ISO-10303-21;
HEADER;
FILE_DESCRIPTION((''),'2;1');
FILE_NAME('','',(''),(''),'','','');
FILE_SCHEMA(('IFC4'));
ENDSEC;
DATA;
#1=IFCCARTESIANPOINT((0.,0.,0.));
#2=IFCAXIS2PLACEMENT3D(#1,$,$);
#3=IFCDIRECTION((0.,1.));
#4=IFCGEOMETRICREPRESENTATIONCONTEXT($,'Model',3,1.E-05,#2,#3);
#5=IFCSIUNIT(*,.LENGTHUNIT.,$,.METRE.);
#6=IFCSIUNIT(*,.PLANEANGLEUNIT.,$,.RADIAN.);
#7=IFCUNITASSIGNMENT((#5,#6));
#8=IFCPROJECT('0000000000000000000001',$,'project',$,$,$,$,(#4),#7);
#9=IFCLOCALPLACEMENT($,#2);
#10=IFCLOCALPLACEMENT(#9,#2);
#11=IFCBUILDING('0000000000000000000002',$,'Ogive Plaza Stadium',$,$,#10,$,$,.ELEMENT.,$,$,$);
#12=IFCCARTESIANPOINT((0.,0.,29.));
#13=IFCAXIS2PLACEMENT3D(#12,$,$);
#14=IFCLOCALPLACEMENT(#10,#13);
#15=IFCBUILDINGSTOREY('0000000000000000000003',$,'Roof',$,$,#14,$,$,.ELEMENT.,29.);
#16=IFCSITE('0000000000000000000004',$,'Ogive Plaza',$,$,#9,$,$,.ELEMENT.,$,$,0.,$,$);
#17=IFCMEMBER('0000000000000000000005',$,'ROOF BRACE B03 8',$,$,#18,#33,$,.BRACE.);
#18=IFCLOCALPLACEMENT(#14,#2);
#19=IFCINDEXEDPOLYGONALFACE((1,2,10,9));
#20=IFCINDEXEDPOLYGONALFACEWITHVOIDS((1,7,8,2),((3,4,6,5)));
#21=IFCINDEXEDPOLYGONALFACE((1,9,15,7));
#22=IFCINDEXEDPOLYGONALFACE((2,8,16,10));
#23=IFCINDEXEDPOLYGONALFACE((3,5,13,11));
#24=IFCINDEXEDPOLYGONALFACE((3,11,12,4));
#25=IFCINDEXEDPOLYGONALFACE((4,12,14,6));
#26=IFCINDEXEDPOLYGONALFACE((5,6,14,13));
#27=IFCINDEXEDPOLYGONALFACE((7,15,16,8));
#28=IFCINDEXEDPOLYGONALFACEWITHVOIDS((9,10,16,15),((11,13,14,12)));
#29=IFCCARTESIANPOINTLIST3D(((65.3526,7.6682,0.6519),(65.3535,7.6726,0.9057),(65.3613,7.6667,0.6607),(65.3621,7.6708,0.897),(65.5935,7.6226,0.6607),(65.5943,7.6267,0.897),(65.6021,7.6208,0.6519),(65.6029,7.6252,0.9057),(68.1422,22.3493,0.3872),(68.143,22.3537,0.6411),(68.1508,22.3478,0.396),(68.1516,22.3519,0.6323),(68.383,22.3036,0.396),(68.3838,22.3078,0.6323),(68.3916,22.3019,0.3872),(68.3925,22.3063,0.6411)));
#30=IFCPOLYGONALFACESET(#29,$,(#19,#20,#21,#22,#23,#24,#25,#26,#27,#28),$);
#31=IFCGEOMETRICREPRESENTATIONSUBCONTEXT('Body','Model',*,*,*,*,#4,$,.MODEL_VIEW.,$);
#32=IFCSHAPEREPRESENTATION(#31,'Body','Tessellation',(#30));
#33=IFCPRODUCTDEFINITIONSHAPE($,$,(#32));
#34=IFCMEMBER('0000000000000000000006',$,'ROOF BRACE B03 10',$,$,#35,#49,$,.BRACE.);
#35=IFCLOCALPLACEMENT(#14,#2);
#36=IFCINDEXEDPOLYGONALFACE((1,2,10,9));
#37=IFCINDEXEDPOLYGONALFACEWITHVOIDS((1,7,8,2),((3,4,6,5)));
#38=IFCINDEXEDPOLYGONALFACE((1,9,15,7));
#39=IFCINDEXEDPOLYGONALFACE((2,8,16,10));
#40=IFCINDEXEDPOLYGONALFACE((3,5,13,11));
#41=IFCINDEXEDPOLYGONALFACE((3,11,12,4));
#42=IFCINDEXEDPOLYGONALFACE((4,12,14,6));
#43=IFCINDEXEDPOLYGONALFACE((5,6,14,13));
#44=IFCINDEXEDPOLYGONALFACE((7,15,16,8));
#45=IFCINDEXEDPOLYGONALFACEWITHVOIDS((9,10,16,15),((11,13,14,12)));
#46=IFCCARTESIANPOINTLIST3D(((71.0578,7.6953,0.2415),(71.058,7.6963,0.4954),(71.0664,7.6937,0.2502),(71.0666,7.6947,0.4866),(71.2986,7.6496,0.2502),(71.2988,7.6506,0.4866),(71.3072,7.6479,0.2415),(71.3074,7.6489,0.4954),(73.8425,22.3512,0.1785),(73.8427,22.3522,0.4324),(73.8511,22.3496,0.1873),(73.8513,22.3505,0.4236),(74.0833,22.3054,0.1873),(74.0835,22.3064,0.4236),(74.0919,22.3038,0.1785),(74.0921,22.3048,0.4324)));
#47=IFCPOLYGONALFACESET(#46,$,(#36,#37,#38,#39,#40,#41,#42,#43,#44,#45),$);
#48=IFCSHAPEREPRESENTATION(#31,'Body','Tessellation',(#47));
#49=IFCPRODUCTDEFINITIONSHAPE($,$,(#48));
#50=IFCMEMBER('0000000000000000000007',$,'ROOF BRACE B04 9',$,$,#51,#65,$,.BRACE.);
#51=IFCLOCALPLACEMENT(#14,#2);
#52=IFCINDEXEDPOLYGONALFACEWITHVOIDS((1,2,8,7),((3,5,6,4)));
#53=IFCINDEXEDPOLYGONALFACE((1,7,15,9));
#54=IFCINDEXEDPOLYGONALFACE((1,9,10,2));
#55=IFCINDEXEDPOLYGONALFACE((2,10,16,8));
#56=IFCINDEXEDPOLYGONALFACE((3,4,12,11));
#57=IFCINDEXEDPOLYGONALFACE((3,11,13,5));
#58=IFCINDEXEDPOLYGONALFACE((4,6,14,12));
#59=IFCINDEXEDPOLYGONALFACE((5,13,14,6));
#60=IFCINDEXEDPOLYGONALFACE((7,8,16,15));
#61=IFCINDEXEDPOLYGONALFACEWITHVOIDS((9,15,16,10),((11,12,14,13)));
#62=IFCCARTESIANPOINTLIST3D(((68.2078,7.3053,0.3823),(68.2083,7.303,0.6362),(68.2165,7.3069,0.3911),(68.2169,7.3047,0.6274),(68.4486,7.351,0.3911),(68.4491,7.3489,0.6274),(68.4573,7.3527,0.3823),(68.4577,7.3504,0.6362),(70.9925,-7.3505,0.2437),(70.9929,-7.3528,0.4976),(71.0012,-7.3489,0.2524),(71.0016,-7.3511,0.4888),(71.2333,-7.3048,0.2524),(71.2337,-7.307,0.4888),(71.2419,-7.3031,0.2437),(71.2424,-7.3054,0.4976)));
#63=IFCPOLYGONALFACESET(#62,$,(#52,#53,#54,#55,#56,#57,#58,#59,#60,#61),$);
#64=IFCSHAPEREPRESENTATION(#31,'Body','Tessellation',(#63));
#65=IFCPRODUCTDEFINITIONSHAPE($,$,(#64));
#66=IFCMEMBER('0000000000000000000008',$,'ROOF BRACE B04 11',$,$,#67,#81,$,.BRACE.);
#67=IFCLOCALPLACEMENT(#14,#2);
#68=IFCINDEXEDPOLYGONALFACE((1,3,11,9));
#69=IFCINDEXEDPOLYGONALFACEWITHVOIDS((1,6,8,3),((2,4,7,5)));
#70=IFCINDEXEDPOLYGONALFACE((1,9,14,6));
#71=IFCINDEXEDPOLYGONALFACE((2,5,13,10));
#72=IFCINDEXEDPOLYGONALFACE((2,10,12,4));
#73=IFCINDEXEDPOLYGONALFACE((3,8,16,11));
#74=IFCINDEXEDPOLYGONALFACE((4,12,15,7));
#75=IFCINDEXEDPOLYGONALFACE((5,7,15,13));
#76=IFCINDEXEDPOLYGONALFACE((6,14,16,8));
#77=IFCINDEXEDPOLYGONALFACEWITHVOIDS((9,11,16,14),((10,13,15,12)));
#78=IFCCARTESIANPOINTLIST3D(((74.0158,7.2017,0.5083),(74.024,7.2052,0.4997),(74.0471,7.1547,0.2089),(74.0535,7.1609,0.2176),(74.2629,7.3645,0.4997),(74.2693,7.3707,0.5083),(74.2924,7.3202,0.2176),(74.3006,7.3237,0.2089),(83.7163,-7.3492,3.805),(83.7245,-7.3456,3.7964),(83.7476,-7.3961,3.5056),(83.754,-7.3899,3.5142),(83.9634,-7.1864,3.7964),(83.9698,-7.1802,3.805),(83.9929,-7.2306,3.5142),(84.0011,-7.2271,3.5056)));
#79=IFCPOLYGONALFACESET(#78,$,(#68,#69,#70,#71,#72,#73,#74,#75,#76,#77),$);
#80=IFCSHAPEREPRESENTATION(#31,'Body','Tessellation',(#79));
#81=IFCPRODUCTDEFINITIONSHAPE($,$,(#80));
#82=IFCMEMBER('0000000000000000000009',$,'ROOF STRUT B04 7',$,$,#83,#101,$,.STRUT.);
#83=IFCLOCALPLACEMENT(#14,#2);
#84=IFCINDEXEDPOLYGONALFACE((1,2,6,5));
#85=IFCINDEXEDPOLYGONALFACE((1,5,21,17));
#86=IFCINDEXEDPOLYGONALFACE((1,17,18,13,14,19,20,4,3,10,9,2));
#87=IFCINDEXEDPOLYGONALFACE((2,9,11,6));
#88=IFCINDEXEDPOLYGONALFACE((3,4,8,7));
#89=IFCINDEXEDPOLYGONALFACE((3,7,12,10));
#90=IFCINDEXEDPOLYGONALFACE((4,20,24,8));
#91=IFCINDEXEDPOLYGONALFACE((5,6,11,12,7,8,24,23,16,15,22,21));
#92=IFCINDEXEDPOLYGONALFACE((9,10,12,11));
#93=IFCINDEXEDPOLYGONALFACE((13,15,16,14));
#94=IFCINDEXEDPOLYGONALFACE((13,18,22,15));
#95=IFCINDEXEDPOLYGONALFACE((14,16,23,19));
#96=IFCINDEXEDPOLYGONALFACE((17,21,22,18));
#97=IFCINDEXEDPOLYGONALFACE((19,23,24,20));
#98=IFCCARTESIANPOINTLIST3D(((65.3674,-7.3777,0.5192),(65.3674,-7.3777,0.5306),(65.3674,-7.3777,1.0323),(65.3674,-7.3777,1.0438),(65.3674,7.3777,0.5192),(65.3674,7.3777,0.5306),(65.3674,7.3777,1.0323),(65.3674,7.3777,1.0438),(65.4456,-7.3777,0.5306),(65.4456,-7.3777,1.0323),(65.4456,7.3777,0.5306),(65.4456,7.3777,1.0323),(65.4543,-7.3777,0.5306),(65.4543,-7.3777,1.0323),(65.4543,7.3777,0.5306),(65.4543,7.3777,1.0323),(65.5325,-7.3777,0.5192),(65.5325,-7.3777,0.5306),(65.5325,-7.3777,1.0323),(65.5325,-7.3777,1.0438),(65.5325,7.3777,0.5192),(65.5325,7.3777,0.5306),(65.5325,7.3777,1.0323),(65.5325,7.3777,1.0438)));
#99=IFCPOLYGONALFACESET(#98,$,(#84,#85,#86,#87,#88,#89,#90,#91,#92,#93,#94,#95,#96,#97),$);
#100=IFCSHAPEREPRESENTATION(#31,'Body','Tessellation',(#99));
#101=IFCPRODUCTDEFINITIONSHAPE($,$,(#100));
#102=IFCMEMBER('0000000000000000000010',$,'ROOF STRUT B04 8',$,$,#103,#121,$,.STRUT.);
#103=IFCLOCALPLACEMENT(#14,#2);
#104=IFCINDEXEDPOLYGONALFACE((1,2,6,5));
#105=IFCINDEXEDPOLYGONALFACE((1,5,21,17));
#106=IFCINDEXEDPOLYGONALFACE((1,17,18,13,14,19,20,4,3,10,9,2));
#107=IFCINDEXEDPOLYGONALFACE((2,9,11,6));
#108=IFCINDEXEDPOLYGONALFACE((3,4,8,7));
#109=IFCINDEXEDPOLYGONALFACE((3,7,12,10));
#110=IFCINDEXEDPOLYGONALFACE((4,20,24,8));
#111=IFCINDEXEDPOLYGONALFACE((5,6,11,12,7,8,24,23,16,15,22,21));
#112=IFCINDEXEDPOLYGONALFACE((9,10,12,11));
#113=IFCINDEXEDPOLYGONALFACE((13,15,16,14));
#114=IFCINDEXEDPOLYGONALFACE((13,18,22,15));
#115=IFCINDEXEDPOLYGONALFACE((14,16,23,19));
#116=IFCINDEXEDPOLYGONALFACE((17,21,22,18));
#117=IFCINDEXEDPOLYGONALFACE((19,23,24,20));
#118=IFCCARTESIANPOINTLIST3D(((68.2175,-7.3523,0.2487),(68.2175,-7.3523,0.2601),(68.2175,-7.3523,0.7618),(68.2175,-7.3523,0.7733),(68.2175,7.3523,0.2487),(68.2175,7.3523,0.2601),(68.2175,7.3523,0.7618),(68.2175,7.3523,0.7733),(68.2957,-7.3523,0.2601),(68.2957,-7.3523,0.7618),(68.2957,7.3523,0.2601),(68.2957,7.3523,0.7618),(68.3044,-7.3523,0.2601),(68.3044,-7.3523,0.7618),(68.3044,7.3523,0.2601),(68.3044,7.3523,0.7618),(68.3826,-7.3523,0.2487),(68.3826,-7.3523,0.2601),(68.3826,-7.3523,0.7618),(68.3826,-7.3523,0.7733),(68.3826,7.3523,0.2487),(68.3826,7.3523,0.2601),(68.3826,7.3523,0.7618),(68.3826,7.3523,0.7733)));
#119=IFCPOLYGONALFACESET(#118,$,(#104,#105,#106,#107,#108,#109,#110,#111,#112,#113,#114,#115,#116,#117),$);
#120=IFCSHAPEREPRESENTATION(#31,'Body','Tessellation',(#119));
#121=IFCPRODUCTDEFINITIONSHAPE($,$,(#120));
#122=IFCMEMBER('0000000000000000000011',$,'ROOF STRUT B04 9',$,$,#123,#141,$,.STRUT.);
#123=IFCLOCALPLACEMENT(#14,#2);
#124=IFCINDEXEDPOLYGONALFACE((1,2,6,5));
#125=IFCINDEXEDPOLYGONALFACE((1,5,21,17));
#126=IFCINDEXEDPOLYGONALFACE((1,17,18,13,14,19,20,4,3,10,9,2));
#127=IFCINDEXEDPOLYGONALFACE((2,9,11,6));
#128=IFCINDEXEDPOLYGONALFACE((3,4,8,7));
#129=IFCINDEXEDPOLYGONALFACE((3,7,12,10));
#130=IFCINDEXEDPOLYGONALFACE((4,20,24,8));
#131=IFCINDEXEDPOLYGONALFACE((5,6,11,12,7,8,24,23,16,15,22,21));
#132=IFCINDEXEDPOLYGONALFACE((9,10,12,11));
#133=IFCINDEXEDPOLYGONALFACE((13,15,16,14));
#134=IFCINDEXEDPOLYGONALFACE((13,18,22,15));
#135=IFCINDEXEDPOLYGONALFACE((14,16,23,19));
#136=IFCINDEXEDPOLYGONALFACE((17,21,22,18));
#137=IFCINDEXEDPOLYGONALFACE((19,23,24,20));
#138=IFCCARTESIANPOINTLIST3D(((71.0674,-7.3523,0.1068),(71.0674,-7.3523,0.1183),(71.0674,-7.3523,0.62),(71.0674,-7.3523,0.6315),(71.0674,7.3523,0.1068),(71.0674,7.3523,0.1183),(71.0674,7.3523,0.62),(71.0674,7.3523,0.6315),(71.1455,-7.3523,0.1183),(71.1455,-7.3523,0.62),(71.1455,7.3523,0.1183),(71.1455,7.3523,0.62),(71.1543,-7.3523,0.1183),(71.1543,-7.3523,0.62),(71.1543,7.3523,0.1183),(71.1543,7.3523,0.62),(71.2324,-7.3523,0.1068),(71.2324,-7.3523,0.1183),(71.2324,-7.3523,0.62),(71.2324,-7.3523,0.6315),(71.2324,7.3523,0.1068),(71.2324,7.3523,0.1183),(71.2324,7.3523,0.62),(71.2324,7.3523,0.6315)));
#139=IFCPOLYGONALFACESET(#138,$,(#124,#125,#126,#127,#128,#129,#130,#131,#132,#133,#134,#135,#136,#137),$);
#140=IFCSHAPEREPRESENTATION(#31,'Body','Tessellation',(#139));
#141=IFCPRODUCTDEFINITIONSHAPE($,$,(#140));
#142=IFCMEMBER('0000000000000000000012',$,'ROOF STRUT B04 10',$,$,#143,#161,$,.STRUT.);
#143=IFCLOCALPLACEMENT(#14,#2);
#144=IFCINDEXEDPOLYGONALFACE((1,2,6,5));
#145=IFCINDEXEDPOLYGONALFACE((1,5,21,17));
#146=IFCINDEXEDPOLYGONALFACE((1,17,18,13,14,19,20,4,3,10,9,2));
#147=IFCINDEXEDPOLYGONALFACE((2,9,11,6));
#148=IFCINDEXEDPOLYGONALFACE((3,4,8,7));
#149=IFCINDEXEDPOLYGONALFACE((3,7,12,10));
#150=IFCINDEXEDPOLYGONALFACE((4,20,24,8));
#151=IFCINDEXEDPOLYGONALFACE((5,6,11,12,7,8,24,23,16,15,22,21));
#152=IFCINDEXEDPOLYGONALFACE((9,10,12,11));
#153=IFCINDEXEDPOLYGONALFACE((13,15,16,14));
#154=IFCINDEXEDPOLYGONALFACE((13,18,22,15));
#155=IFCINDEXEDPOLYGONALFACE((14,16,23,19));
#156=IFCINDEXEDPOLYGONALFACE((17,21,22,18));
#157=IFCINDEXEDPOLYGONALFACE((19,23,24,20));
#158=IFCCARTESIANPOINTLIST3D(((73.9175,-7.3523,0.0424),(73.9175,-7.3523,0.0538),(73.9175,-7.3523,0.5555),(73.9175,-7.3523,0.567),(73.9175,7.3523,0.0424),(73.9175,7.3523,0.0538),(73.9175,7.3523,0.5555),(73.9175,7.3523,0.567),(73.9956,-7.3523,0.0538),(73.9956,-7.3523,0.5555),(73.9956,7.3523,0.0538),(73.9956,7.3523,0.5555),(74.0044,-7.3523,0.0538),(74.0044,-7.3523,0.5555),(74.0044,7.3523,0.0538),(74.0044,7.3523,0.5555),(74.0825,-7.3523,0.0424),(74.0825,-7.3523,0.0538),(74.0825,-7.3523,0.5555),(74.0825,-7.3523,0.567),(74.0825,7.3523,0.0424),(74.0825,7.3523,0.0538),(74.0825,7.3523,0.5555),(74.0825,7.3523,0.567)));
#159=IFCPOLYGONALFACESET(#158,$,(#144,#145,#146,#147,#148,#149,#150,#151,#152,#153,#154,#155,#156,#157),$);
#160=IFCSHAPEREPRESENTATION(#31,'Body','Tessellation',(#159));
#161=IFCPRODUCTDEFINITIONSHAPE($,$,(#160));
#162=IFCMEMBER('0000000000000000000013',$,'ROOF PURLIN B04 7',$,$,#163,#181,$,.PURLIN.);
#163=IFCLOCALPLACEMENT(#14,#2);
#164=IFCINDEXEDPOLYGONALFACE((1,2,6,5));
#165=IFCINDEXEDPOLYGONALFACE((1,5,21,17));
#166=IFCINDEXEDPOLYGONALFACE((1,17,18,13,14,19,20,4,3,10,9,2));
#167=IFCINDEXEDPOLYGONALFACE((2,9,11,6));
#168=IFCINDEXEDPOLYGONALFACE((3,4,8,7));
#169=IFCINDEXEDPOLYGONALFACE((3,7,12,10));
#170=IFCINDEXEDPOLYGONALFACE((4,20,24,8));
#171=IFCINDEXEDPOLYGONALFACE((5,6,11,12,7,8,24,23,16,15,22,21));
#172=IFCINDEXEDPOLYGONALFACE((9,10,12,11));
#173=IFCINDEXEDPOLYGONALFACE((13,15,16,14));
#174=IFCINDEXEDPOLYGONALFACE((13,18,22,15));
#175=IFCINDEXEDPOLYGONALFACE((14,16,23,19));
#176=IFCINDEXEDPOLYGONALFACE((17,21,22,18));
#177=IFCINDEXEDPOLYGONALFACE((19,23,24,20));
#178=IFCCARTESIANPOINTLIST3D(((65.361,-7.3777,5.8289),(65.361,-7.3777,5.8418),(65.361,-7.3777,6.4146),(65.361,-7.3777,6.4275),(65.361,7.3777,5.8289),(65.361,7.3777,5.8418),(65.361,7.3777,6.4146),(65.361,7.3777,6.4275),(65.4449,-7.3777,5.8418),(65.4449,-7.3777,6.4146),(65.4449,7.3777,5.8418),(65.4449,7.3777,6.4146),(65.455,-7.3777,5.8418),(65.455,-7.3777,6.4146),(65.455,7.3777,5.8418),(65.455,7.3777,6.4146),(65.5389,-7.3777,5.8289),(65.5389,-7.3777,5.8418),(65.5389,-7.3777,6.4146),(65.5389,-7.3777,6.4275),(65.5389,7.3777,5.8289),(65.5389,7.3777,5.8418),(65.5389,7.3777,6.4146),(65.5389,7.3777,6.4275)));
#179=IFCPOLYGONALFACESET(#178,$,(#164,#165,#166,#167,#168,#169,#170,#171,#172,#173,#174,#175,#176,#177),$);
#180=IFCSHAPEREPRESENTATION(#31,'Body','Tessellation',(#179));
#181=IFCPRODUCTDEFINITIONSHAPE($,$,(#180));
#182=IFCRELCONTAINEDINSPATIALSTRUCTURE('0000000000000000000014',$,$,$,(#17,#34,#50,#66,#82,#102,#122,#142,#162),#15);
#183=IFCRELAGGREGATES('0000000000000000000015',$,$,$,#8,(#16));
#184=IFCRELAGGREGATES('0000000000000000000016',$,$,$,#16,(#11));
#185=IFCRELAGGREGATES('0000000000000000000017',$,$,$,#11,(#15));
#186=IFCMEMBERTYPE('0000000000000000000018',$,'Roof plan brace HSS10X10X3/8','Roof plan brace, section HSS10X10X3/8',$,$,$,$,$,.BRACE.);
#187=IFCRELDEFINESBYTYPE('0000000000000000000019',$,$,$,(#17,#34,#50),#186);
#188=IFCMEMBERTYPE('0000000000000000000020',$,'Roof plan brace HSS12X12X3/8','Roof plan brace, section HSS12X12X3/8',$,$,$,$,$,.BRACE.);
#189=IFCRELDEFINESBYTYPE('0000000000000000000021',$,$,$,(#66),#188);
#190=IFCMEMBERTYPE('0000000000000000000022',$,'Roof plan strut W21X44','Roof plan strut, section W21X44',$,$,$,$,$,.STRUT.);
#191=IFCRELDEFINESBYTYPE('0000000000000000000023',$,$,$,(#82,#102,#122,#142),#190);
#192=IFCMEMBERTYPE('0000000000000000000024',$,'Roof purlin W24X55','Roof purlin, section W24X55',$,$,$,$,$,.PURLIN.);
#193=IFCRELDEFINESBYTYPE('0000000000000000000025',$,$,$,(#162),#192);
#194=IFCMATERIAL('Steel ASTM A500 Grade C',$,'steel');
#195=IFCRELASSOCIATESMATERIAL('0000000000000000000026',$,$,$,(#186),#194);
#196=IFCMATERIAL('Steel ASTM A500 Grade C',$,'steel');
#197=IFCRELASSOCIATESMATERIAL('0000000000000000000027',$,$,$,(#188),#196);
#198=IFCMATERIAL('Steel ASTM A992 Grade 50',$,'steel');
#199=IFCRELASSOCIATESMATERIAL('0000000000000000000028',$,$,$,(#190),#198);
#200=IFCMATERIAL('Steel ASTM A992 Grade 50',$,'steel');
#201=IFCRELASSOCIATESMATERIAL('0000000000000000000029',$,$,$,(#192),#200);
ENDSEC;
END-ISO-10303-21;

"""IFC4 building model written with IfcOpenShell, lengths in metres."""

from ifc_helpers import new_model, si_unit, direction, frame, origin, origin_2d, place, context, subcontext, project, spatial, hollow_rectangle, i_section, extrude, material, material_profile, profile_set, type_object, element, save


model = new_model("IFC4")

# Units and contexts
model_context = context("Model", 3, precision=1e-05, world=origin(), true_north=direction((0.0, 1.0)))
body_context = subcontext(model_context, "Body", "Model", "MODEL_VIEW")
ifc_project = project(units=[si_unit("LENGTHUNIT", "METRE"), si_unit("PLANEANGLEUNIT", "RADIAN")], contexts=[model_context])

# Site, building, storey
site_placement = place(None, origin())
site = spatial("IfcSite", under=ifc_project, at=site_placement, Name="Ogive Plaza", CompositionType="ELEMENT", RefElevation=0.0)
building_placement = place(site_placement, origin())
building = spatial("IfcBuilding", under=site, at=building_placement, Name="Ogive Plaza Stadium", CompositionType="ELEMENT")
storey_placement = place(building_placement, frame((0.0, 0.0, 29.0)))
storey = spatial("IfcBuildingStorey", under=building, at=storey_placement, Name="Roof", CompositionType="ELEMENT", Elevation=29.0)

# Members
ifc_material_1 = material(Name="Steel ASTM A500 Grade C", Category="steel")
ifc_material_profile_1 = material_profile(ifc_material_1, hollow_rectangle(XDim=0.2539, YDim=0.2539, WallThickness=0.0088, at=origin_2d()), Name="HSS10X10X3/8")
ifc_profile_set_1 = profile_set([ifc_material_profile_1], Name="Steel ASTM A500 Grade C")
member_type_1 = type_object("IfcMemberType", Name="Roof plan brace HSS10X10X3/8", Description="Roof plan brace, section HSS10X10X3/8", PredefinedType="BRACE", material=ifc_profile_set_1)
member_1_placement = place(storey_placement, frame((65.4778, 7.6467, 0.7788), z_axis=(0.18664, 0.982269, -0.017707), x_axis=(-0.982423, 0.186669, 0.0)))
element("IfcMember", 1, at=member_1_placement, inside=storey, type_object=member_type_1, Name="ROOF BRACE B03 8", PredefinedType="BRACE", context=body_context, shape_type="SweptSolid", body=[
    extrude(hollow_rectangle(XDim=0.2539, YDim=0.2539, WallThickness=0.0088, at=origin_2d()), origin(), (0.0, 0.0, 1.0), 14.946),
])
member_2_placement = place(storey_placement, frame((71.1826, 7.6721, 0.3684), z_axis=(0.186664, 0.982415, -0.004222), x_axis=(-0.982424, 0.186665, 0.0)))
element("IfcMember", 2, at=member_2_placement, inside=storey, type_object=member_type_1, Name="ROOF BRACE B03 10", PredefinedType="BRACE", context=body_context, shape_type="SweptSolid", body=[
    extrude(hollow_rectangle(XDim=0.2539, YDim=0.2539, WallThickness=0.0088, at=origin_2d()), origin(), (0.0, 0.0, 1.0), 14.9182),
])
member_3_placement = place(storey_placement, frame((68.3328, 7.3279, 0.5093), z_axis=(0.186657, -0.982381, -0.009295), x_axis=(0.982424, 0.186665, 0.0)))
element("IfcMember", 3, at=member_3_placement, inside=storey, type_object=member_type_1, Name="ROOF BRACE B04 9", PredefinedType="BRACE", context=body_context, shape_type="SweptSolid", body=[
    extrude(hollow_rectangle(XDim=0.2539, YDim=0.2539, WallThickness=0.0088, at=origin_2d()), origin(), (0.0, 0.0, 1.0), 14.9187),
])
ifc_material_2 = material(Name="Steel ASTM A500 Grade C", Category="steel")
ifc_material_profile_2 = material_profile(ifc_material_2, hollow_rectangle(XDim=0.3047, YDim=0.3047, WallThickness=0.0088, at=origin_2d()), Name="HSS12X12X3/8")
ifc_profile_set_2 = profile_set([ifc_material_profile_2], Name="Steel ASTM A500 Grade C")
member_type_2 = type_object("IfcMemberType", Name="Roof plan brace HSS12X12X3/8", Description="Roof plan brace, section HSS12X12X3/8", PredefinedType="BRACE", material=ifc_profile_set_2)
member_4_placement = place(storey_placement, frame((74.1582, 7.2627, 0.3586), z_axis=(0.545096, -0.817651, 0.185247), x_axis=(0.832052, 0.554697, 0.0)))
element("IfcMember", 4, at=member_4_placement, inside=storey, type_object=member_type_2, Name="ROOF BRACE B04 11", PredefinedType="BRACE", context=body_context, shape_type="SweptSolid", body=[
    extrude(hollow_rectangle(XDim=0.3047, YDim=0.3047, WallThickness=0.0088, at=origin_2d()), origin(), (0.0, 0.0, 1.0), 17.7959),
])
ifc_material_3 = material(Name="Steel ASTM A992 Grade 50", Category="steel")
ifc_material_profile_3 = material_profile(ifc_material_3, i_section(OverallWidth=0.165, OverallDepth=0.5247, WebThickness=0.0088, FlangeThickness=0.0115, at=origin_2d()), Name="W21X44")
ifc_profile_set_3 = profile_set([ifc_material_profile_3], Name="Steel ASTM A992 Grade 50")
member_type_3 = type_object("IfcMemberType", Name="Roof plan strut W21X44", Description="Roof plan strut, section W21X44", PredefinedType="STRUT", material=ifc_profile_set_3)
member_5_placement = place(storey_placement, frame((65.45, 7.3777, 0.7815), z_axis=(0.0, -1.0, 0.0), x_axis=(1.0, 0.0, 0.0)))
element("IfcMember", 5, at=member_5_placement, inside=storey, type_object=member_type_3, Name="ROOF STRUT B04 7", PredefinedType="STRUT", context=body_context, shape_type="SweptSolid", body=[
    extrude(i_section(OverallWidth=0.165, OverallDepth=0.5247, WebThickness=0.0088, FlangeThickness=0.0115, at=origin_2d()), origin(), (0.0, 0.0, 1.0), 14.7554),
])
for number, where, z_axis, x_axis, name in (
    (6, (68.3, 7.3523, 0.511), (0.0, -1.0, 0.0), (1.0, 0.0, 0.0), "ROOF STRUT B04 8"),
    (7, (71.1499, 7.3523, 0.3691), (0.0, -1.0, 0.0), (1.0, 0.0, 0.0), "ROOF STRUT B04 9"),
    (8, (74.0, 7.3523, 0.3047), (0.0, -1.0, 0.0), (1.0, 0.0, 0.0), "ROOF STRUT B04 10"),
):
    element("IfcMember", number, at=place(storey_placement, frame(where, z_axis=z_axis, x_axis=x_axis)), inside=storey, type_object=member_type_3, Name=name, PredefinedType="STRUT", context=body_context, shape_type="SweptSolid", body=[
        extrude(i_section(OverallWidth=0.165, OverallDepth=0.5247, WebThickness=0.0088, FlangeThickness=0.0115, at=origin_2d()), origin(), (0.0, 0.0, 1.0), 14.7046),
    ])
ifc_material_4 = material(Name="Steel ASTM A992 Grade 50", Category="steel")
ifc_material_profile_4 = material_profile(ifc_material_4, i_section(OverallWidth=0.178, OverallDepth=0.5986, WebThickness=0.01, FlangeThickness=0.0129, at=origin_2d()), Name="W24X55")
ifc_profile_set_4 = profile_set([ifc_material_profile_4], Name="Steel ASTM A992 Grade 50")
member_type_4 = type_object("IfcMemberType", Name="Roof purlin W24X55", Description="Roof purlin, section W24X55", PredefinedType="PURLIN", material=ifc_profile_set_4)
member_6_placement = place(storey_placement, frame((65.45, 7.3777, 6.1282), z_axis=(0.0, -1.0, 0.0), x_axis=(1.0, 0.0, 0.0)))
element("IfcMember", 9, at=member_6_placement, inside=storey, type_object=member_type_4, Name="ROOF PURLIN B04 7", PredefinedType="PURLIN", context=body_context, shape_type="SweptSolid", body=[
    extrude(i_section(OverallWidth=0.178, OverallDepth=0.5986, WebThickness=0.01, FlangeThickness=0.0129, at=origin_2d()), origin(), (0.0, 0.0, 1.0), 14.7554),
])

save(model, "model.ifc")
